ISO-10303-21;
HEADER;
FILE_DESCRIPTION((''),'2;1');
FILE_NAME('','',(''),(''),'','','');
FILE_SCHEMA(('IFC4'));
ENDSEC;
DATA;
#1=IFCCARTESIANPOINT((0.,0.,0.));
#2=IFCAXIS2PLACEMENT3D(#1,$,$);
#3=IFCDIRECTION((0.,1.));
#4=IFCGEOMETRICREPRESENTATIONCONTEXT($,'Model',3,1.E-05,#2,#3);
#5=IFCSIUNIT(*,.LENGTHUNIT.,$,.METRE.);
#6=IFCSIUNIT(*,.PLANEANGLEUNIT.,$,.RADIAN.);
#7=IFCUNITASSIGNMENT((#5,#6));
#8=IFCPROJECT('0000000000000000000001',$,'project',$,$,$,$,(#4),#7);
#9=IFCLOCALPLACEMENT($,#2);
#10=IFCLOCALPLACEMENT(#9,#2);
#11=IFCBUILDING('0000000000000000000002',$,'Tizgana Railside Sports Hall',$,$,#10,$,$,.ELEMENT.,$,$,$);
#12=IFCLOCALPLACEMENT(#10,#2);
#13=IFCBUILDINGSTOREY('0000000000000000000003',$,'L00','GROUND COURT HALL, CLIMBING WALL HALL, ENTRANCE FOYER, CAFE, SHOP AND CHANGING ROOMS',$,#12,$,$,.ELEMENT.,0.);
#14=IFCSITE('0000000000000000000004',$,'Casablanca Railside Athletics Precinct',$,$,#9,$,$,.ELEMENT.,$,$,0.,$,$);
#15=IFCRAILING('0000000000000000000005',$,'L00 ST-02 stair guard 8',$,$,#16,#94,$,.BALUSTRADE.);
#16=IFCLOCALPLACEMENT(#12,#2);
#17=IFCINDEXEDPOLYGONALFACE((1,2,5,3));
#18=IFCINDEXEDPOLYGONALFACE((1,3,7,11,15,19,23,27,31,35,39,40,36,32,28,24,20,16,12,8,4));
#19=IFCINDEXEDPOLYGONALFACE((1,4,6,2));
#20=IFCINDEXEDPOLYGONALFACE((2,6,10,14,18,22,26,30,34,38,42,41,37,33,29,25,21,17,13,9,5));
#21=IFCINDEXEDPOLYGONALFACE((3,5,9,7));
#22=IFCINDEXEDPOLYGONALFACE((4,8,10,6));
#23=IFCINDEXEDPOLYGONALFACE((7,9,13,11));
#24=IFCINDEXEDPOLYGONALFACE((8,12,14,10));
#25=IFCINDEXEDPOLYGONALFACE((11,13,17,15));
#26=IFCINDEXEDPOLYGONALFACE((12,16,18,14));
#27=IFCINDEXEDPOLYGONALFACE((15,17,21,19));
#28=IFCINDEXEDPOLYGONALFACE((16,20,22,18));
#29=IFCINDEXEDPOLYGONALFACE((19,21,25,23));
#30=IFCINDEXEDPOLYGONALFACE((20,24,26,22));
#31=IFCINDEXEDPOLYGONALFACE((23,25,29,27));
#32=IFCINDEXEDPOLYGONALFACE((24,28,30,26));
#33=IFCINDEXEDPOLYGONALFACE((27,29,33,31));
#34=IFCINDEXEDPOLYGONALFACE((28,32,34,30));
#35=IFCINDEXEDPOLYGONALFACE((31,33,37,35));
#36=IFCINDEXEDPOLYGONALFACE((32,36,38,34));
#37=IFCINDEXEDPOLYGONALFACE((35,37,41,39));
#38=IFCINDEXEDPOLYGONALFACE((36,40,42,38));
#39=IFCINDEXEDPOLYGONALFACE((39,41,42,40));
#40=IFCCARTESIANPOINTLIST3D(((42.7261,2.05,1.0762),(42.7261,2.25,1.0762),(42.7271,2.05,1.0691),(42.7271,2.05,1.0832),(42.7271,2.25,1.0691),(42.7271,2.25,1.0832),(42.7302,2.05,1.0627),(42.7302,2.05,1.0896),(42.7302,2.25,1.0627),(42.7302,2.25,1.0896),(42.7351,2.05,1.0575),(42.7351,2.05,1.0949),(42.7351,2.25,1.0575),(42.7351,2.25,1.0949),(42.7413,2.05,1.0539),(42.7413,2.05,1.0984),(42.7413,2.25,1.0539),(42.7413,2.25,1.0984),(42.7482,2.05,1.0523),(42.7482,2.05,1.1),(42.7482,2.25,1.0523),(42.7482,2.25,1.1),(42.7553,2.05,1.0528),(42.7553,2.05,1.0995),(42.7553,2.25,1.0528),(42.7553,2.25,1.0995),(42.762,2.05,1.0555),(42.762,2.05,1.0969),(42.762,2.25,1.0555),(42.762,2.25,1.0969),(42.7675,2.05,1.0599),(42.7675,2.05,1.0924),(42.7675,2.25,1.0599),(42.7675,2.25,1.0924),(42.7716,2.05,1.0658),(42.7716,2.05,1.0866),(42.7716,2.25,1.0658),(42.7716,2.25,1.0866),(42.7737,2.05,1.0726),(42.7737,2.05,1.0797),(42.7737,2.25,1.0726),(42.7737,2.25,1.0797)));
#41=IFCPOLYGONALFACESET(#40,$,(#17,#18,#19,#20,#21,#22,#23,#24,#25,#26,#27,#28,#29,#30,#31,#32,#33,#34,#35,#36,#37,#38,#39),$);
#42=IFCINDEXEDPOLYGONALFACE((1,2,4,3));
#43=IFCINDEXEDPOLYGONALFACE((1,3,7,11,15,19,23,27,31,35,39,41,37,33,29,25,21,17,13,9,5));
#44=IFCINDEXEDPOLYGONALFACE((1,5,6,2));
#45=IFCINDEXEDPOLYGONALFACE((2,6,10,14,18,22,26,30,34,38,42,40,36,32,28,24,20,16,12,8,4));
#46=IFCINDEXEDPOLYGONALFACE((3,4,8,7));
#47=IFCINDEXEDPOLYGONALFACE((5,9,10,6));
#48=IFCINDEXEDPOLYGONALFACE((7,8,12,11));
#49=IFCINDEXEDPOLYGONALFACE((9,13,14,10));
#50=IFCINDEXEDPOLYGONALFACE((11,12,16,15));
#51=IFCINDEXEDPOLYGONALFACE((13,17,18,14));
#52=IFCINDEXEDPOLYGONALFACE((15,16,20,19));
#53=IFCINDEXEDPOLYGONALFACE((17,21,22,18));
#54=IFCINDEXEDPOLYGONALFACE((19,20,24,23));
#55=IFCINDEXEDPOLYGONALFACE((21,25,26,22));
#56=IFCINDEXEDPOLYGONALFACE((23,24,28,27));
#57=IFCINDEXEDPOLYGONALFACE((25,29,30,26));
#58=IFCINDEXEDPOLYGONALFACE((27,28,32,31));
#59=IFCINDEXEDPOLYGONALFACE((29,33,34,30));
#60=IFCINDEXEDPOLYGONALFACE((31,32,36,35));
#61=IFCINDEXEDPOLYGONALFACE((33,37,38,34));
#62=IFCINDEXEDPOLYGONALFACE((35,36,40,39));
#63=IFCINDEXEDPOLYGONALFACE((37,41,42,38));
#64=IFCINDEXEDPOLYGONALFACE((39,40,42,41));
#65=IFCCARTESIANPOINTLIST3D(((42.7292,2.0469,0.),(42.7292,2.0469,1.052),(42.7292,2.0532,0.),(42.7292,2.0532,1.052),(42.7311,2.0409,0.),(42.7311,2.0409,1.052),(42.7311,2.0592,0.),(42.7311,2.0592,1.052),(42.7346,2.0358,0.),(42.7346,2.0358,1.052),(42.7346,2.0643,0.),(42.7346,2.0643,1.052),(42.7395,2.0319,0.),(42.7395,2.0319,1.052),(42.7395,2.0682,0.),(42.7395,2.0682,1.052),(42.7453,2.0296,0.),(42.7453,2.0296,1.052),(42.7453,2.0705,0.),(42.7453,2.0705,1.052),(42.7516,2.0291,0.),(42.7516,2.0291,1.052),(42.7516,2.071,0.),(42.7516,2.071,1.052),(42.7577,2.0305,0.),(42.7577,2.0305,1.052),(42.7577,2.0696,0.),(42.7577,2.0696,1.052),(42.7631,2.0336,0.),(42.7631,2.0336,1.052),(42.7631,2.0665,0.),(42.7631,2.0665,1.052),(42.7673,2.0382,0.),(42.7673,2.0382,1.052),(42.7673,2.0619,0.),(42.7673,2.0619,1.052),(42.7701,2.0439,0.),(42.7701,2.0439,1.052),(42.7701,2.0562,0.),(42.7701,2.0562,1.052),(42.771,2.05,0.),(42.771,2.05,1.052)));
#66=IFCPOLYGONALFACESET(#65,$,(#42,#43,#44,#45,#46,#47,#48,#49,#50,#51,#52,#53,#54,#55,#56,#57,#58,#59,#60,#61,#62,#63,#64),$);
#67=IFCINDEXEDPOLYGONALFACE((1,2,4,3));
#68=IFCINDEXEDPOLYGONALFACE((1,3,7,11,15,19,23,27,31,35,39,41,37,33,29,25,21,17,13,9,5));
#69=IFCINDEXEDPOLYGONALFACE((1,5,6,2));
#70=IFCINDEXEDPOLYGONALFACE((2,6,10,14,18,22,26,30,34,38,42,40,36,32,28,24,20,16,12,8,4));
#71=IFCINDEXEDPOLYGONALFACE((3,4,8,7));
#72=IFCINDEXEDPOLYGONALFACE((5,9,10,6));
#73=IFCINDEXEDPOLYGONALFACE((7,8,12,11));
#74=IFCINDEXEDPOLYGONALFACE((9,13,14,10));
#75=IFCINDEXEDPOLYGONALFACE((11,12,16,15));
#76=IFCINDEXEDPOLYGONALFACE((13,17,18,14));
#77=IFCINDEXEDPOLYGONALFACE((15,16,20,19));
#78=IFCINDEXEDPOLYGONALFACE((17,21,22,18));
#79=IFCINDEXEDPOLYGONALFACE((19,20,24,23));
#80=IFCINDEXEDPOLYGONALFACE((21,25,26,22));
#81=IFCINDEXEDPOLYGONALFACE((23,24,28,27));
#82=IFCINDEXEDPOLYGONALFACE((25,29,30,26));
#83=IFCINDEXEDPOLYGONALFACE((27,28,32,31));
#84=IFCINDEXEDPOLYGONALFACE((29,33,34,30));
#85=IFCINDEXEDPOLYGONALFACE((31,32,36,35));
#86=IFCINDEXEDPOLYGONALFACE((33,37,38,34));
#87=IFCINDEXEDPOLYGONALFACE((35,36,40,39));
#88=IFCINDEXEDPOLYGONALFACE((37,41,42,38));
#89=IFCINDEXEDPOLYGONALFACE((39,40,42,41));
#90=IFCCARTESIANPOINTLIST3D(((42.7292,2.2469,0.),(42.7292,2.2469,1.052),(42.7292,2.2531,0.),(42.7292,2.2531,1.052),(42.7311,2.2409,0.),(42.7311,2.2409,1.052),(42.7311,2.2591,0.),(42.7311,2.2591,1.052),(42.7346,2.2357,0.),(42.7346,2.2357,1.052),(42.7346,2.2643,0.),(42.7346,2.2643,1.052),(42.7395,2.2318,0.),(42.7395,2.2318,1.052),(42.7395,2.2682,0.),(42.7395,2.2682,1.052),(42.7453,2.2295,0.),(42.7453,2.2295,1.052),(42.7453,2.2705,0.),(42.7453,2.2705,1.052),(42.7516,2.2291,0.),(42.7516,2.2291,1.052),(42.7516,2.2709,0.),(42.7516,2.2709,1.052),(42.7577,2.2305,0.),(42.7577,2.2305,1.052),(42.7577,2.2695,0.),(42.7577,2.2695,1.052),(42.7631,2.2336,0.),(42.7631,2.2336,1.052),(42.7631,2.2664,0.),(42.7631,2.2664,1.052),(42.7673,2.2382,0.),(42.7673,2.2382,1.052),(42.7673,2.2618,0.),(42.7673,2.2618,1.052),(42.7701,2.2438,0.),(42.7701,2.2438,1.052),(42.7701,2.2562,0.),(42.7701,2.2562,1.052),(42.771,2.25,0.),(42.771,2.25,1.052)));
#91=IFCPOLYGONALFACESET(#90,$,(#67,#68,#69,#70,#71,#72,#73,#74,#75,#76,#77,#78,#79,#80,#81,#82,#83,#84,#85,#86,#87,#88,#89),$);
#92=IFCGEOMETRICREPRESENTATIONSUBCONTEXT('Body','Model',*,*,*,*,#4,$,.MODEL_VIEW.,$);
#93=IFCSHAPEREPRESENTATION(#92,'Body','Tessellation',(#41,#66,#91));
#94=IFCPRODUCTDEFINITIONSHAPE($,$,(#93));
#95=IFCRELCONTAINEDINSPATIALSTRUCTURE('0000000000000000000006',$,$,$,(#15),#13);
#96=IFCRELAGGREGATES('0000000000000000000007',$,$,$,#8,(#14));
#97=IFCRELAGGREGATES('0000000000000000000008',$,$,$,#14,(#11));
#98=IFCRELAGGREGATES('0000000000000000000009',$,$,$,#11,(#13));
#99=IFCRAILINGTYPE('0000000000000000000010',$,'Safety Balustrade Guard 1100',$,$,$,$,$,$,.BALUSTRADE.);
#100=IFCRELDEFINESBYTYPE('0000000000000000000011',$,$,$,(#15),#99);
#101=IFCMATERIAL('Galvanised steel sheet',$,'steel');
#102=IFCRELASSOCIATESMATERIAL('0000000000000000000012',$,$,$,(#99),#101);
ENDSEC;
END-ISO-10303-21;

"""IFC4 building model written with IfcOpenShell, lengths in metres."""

from ifc_helpers import new_model, si_unit, direction, frame, origin, origin_2d, place, context, subcontext, project, spatial, circle, extrude, material, type_object, element, save


model = new_model("IFC4")

# Units and contexts
model_context = context("Model", 3, precision=1e-05, world=origin(), true_north=direction((0.0, 1.0)))
body_context = subcontext(model_context, "Body", "Model", "MODEL_VIEW")
ifc_project = project(units=[si_unit("LENGTHUNIT", "METRE"), si_unit("PLANEANGLEUNIT", "RADIAN")], contexts=[model_context])

# Site, building, storey
site_placement = place(None, origin())
site = spatial("IfcSite", under=ifc_project, at=site_placement, Name="Casablanca Railside Athletics Precinct", CompositionType="ELEMENT", RefElevation=0.0)
building_placement = place(site_placement, origin())
building = spatial("IfcBuilding", under=site, at=building_placement, Name="Tizgana Railside Sports Hall", CompositionType="ELEMENT")
storey_placement = place(building_placement, origin())
storey = spatial("IfcBuildingStorey", under=building, at=storey_placement, Name="L00", Description="GROUND COURT HALL, CLIMBING WALL HALL, ENTRANCE FOYER, CAFE, SHOP AND CHANGING ROOMS", CompositionType="ELEMENT", Elevation=0.0)

# Railing
ifc_material_1 = material(Name="Galvanised steel sheet", Category="steel")
railing_type_1 = type_object("IfcRailingType", Name="Safety Balustrade Guard 1100", PredefinedType="BALUSTRADE", material=ifc_material_1)
railing_1_placement = place(storey_placement, frame((42.75, 2.05, 0.0)))
element("IfcRailing", 1, at=railing_1_placement, inside=storey, type_object=railing_type_1, Name="L00 ST-02 stair guard 8", PredefinedType="BALUSTRADE", context=body_context, shape_type="SweptSolid", body=[
    extrude(circle(Radius=0.0239, at=origin_2d()), frame((0.0, 0.0, 1.0762), z_axis=(0.0, 1.0, 0.0), x_axis=(-1.0, 0.0, 0.0)), (0.0, 0.0, 1.0), 0.2),
    extrude(circle(Radius=0.021, at=origin_2d()), origin(), (0.0, 0.0, 1.0), 1.052),
    extrude(circle(Radius=0.021, at=origin_2d()), frame((0.0, 0.2, 0.0)), (0.0, 0.0, 1.0), 1.052),
])

save(model, "model.ifc")
